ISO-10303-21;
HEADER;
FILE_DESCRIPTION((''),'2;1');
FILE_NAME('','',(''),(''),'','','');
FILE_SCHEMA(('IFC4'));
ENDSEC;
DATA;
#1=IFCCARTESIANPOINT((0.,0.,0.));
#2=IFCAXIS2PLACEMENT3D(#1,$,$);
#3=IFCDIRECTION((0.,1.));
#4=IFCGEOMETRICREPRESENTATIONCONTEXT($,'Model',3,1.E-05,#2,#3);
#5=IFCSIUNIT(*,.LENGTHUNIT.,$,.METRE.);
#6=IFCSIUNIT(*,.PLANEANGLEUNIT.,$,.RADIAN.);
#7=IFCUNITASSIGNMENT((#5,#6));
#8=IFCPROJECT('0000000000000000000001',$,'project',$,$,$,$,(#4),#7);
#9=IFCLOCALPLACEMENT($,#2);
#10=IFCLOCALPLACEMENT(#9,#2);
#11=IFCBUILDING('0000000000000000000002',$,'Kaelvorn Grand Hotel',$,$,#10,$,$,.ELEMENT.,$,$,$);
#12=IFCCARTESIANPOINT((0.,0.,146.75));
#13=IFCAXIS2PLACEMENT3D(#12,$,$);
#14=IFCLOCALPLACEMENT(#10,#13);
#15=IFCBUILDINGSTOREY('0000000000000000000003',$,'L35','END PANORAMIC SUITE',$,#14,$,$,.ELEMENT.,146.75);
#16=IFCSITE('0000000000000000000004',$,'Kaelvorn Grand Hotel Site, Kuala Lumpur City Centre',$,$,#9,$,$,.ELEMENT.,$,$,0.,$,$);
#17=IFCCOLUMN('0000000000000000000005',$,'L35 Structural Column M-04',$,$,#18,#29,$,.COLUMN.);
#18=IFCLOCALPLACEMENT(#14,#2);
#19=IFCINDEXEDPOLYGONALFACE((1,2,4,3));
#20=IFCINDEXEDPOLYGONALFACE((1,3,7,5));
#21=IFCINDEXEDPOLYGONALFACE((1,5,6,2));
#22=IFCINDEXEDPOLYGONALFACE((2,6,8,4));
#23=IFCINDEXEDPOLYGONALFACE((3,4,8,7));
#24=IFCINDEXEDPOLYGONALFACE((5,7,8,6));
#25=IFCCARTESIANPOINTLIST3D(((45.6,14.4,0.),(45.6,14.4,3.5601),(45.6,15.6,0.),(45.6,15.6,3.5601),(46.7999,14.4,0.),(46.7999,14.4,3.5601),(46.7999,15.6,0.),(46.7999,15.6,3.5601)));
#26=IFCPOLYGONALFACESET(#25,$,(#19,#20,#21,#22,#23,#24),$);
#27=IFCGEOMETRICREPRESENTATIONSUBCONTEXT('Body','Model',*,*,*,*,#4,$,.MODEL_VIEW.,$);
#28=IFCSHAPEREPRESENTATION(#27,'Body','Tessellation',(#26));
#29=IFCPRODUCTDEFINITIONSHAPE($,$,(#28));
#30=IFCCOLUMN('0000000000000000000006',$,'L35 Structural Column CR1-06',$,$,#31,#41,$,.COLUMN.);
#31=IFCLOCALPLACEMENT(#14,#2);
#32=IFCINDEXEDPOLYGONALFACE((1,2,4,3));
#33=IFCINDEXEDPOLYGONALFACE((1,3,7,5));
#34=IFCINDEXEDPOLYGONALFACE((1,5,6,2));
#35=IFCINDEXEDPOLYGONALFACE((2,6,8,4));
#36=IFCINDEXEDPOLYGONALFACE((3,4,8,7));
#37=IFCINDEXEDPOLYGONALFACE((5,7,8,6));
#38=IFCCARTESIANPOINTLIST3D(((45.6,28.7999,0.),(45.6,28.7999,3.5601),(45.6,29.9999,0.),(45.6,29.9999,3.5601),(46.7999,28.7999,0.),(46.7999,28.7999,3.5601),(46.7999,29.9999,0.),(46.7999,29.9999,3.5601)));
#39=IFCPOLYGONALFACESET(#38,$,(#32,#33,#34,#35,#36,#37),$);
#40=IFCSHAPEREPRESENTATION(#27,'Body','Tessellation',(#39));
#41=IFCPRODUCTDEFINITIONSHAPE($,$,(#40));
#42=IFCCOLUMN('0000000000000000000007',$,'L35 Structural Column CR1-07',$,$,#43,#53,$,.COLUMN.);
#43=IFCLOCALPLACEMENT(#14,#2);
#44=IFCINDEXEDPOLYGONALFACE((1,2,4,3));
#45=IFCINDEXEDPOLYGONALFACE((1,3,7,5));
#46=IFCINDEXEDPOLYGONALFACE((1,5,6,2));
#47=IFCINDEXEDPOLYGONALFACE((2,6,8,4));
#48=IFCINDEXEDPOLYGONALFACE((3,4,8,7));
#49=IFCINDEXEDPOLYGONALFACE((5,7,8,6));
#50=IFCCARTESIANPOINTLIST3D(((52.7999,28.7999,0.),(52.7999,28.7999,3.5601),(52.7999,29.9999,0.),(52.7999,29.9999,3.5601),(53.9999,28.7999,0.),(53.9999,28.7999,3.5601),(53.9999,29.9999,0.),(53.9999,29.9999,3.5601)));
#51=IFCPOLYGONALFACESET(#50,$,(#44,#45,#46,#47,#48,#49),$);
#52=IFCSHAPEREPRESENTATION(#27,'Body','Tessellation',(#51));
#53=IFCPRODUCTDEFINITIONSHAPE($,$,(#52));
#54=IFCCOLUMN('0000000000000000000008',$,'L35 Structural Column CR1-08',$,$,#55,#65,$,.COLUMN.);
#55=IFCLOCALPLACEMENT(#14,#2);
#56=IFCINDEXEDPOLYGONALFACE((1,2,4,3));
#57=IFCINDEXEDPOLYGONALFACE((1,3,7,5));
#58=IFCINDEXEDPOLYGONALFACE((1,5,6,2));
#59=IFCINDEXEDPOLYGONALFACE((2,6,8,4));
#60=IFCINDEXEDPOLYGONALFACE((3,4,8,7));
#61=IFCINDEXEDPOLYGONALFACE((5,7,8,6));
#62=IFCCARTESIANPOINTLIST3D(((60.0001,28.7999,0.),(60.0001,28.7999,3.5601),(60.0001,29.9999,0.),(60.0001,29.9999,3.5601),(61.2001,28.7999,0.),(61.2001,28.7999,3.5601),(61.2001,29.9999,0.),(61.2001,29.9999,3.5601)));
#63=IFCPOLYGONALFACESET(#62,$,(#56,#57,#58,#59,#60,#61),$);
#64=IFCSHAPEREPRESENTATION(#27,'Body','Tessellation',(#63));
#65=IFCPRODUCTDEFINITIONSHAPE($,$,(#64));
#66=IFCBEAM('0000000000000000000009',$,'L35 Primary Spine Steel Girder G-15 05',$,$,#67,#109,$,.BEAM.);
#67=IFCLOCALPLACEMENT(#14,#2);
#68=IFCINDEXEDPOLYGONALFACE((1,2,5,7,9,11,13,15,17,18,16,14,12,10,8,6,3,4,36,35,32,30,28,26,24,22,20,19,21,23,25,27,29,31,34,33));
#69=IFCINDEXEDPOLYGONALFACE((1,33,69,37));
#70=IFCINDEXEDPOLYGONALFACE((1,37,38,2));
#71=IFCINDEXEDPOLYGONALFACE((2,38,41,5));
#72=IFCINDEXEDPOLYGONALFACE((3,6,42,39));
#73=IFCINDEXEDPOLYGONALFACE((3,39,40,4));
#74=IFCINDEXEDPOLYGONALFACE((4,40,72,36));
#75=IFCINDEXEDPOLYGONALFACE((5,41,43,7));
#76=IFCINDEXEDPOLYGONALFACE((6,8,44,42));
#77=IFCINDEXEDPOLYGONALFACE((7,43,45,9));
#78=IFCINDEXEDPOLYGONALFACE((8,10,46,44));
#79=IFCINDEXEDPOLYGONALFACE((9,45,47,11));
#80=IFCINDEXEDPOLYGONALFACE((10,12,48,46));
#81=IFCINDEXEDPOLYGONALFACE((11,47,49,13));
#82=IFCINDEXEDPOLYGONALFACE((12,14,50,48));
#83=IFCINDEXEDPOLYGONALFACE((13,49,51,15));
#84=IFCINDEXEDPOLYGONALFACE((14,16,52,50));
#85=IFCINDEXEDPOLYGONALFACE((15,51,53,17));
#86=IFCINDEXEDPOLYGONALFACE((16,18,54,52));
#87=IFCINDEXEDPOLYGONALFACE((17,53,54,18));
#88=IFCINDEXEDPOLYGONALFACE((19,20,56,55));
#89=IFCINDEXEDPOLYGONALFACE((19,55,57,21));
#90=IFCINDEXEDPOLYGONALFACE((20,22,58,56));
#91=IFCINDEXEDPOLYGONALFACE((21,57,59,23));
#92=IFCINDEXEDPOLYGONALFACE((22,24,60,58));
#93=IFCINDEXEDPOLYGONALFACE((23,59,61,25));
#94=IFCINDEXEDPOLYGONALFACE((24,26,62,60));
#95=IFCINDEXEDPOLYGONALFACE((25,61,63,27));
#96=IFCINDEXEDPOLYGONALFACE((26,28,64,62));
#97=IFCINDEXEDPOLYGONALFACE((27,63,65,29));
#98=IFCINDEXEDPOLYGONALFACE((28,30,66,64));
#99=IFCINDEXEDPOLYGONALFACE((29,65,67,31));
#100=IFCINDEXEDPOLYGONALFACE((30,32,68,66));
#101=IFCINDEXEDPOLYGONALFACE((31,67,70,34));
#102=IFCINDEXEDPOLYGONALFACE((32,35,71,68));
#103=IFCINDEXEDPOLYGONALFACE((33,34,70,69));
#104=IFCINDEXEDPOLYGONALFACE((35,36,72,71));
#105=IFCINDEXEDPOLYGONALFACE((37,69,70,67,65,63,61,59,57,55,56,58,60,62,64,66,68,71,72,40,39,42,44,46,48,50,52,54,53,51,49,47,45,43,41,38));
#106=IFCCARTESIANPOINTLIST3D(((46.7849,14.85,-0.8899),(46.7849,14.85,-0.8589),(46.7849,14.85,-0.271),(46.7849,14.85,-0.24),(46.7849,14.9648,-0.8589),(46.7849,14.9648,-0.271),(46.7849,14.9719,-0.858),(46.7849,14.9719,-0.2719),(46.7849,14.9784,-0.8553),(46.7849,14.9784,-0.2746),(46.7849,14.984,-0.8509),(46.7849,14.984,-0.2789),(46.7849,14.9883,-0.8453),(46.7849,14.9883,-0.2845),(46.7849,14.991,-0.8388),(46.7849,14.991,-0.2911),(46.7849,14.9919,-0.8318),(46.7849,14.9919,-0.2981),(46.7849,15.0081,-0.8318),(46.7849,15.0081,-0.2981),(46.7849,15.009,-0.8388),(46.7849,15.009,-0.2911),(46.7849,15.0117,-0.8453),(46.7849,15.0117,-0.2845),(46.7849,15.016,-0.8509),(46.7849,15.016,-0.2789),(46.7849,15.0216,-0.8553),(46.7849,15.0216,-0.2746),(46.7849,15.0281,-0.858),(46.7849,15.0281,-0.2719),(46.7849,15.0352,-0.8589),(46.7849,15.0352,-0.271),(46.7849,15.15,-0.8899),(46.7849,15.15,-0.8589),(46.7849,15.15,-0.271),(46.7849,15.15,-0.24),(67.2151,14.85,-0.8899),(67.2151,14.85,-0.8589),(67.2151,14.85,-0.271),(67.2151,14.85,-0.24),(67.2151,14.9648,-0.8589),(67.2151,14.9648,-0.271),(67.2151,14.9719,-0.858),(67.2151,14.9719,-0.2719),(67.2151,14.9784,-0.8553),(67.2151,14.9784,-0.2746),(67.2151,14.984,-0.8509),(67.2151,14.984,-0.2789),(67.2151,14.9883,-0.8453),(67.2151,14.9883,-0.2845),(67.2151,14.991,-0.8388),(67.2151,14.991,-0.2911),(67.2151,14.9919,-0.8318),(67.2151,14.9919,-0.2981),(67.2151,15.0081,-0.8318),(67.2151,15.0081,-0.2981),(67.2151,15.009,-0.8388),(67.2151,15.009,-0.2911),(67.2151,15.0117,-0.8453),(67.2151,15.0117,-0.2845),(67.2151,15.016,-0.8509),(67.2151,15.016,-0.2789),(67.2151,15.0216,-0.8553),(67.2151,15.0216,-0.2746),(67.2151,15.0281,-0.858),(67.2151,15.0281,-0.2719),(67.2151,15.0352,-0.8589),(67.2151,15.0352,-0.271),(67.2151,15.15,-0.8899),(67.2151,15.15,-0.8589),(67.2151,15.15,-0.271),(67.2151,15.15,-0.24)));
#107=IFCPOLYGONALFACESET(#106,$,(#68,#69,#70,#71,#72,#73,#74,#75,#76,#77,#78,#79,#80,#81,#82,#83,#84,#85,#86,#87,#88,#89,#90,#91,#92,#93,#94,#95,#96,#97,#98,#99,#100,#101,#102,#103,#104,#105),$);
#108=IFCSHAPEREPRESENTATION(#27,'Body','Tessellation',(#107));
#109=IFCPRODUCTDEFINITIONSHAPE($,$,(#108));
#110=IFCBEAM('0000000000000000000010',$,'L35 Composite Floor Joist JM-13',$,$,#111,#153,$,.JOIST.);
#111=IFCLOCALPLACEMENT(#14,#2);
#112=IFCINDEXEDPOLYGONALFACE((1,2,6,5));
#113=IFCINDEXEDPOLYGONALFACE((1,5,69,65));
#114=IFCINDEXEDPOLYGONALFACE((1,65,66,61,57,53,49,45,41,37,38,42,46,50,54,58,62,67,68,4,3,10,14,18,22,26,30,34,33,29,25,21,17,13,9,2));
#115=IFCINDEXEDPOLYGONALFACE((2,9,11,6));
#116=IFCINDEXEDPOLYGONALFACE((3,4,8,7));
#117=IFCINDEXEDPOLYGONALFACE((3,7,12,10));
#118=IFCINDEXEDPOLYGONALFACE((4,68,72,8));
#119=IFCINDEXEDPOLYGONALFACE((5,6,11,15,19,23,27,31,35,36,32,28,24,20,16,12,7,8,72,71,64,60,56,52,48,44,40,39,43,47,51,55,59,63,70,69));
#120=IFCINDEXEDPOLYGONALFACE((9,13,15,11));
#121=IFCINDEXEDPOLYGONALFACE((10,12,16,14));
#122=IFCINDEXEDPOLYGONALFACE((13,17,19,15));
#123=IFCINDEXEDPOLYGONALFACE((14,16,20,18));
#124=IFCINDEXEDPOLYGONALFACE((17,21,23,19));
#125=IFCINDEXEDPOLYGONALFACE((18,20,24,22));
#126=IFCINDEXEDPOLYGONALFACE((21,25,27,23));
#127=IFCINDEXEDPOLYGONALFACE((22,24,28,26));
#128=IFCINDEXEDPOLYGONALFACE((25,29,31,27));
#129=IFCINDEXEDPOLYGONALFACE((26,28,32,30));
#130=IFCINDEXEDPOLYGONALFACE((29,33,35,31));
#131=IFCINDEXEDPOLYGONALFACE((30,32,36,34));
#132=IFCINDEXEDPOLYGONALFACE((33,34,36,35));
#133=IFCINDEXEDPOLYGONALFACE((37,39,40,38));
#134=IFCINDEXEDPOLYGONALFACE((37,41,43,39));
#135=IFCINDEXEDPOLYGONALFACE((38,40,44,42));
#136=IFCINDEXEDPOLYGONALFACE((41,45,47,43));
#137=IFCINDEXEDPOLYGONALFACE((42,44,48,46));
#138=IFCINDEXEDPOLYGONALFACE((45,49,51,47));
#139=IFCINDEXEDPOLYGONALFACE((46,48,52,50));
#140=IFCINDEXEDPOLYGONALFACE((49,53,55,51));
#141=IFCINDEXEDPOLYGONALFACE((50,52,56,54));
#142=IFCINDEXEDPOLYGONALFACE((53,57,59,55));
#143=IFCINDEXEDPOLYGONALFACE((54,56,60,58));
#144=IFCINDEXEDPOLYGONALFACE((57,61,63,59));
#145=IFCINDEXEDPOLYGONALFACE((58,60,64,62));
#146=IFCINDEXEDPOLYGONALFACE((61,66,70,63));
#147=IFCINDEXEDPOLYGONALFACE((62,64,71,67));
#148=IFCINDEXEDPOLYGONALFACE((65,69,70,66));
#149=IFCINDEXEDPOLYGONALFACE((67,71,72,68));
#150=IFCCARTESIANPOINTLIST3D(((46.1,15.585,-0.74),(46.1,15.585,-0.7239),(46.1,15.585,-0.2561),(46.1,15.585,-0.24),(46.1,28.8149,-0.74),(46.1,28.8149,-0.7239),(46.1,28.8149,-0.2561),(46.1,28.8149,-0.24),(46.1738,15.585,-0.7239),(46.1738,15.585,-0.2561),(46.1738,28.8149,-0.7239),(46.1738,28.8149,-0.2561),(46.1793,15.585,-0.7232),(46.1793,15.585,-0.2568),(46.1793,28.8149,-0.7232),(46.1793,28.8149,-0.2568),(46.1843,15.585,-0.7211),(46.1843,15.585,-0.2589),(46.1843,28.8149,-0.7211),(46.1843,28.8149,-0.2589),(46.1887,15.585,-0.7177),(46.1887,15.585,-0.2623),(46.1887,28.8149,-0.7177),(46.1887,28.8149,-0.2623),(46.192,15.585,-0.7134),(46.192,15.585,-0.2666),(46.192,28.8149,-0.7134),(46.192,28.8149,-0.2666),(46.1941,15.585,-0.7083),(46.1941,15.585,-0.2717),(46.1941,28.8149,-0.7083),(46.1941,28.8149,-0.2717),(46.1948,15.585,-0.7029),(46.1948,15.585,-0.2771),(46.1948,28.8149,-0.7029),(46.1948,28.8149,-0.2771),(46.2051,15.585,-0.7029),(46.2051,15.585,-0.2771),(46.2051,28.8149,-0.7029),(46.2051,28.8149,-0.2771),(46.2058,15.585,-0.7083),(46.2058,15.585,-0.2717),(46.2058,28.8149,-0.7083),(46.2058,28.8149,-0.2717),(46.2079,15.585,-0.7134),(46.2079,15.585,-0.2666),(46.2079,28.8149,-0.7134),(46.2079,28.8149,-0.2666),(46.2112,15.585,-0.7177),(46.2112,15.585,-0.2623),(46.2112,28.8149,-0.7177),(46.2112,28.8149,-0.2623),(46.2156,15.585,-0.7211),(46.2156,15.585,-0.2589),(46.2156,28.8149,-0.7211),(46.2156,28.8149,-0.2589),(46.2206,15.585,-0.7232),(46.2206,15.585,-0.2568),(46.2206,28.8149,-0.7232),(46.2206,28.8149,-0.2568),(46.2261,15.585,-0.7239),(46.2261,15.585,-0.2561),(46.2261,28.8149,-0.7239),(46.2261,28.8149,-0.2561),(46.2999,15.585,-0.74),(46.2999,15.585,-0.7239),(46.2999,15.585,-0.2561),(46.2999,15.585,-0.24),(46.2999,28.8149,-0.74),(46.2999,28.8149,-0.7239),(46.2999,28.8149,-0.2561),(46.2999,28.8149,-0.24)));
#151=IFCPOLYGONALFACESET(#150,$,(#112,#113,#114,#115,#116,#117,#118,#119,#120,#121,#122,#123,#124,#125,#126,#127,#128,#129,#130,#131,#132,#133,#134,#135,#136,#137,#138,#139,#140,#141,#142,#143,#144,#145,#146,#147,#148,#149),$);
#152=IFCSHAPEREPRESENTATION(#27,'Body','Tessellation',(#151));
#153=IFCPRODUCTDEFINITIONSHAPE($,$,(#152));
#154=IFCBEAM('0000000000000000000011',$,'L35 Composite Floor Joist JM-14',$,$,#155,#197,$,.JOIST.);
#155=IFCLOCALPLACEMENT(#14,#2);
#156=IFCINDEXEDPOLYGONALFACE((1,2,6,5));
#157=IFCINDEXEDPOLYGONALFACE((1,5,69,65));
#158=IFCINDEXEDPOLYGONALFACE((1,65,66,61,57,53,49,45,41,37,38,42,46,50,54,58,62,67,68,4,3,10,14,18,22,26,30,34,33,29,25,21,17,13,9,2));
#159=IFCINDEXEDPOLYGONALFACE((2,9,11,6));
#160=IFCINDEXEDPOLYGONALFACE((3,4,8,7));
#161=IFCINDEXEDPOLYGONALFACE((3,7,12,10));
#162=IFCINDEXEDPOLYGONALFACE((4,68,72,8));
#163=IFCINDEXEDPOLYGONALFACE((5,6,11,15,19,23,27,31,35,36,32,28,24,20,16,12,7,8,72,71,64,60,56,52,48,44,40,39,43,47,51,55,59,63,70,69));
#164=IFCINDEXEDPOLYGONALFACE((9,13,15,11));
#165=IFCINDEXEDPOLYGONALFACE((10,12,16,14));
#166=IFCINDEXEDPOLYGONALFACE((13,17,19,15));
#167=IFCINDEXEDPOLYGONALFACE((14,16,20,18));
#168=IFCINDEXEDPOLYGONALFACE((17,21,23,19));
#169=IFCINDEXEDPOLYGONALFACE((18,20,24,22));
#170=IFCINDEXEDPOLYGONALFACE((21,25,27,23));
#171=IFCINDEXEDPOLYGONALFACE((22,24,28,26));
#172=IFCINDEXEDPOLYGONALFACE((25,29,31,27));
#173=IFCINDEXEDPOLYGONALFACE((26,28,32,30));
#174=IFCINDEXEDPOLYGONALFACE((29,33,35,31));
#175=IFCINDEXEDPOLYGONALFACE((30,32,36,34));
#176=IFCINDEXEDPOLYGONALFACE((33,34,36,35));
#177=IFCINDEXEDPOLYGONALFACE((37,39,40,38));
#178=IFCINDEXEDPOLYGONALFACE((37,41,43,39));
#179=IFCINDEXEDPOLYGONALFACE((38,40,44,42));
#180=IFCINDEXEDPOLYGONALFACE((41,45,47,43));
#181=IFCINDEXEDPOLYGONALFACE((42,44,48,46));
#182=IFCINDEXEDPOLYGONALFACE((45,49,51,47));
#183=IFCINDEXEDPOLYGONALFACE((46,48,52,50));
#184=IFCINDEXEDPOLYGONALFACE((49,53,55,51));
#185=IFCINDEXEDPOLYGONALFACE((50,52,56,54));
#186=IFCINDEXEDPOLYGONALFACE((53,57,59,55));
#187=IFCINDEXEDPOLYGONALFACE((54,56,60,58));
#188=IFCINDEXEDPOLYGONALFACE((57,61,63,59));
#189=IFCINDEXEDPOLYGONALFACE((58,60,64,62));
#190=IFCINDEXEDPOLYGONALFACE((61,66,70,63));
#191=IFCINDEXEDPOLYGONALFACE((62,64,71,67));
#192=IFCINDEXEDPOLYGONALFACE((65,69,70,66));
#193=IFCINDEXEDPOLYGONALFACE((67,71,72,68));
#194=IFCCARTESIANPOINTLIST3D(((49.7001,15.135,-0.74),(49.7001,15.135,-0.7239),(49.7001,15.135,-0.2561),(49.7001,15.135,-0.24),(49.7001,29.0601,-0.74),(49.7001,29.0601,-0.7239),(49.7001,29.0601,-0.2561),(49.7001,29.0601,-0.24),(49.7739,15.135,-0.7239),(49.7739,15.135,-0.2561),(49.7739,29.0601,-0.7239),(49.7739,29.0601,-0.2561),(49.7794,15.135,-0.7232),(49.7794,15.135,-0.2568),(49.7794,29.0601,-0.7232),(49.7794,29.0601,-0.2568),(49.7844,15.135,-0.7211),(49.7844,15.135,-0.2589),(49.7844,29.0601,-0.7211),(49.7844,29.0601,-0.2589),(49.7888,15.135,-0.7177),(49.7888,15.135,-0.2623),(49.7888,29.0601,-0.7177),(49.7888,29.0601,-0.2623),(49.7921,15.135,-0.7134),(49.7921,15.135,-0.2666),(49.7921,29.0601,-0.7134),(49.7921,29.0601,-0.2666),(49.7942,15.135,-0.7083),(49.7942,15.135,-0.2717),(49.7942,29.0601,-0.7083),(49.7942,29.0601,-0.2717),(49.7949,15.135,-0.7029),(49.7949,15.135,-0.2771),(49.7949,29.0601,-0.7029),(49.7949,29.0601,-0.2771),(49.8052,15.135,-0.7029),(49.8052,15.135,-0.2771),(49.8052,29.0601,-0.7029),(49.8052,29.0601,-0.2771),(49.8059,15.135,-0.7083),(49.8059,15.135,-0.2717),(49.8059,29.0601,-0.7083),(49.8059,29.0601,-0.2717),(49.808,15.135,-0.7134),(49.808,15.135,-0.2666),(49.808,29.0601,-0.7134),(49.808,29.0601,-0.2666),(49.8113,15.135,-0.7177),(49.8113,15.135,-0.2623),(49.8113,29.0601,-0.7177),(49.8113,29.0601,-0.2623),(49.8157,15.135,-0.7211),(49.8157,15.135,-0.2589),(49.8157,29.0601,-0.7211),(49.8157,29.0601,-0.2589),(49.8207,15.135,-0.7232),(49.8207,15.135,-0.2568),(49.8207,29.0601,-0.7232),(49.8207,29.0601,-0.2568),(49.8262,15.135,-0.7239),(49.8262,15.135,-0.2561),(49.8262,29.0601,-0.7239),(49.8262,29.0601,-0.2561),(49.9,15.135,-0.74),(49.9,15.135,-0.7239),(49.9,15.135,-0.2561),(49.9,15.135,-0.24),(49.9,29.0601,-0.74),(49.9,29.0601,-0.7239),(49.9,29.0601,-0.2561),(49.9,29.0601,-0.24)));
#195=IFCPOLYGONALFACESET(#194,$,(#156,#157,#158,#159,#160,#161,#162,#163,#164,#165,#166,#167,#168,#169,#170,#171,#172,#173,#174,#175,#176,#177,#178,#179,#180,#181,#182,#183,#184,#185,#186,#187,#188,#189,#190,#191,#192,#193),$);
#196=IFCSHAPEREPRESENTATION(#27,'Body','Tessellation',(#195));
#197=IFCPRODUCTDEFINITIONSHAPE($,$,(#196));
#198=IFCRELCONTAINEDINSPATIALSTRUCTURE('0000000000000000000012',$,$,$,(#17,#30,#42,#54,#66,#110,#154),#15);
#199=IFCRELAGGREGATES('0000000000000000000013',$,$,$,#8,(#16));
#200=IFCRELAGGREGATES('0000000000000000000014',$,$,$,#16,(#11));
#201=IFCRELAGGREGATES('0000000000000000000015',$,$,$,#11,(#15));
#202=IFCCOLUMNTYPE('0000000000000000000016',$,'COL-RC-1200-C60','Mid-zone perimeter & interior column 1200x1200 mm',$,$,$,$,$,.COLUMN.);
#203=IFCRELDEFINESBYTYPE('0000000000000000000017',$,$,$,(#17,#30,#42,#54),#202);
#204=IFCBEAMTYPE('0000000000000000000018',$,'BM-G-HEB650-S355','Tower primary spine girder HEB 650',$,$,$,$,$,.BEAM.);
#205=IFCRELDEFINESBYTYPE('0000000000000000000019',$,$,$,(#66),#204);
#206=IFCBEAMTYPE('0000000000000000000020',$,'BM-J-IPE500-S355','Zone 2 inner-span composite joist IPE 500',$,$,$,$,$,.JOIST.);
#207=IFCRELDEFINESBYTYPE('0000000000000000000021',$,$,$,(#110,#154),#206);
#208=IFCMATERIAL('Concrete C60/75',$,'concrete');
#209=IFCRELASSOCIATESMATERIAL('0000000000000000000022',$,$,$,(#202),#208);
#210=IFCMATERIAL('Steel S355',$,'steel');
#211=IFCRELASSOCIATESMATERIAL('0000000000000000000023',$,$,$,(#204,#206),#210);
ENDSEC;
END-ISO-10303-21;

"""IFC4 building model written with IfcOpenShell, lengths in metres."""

from ifc_helpers import new_model, si_unit, direction, frame, origin, origin_2d, place, context, subcontext, project, spatial, rectangle, i_section, extrude, material, material_profile, profile_set, type_object, element, save


model = new_model("IFC4")

# Units and contexts
model_context = context("Model", 3, precision=1e-05, world=origin(), true_north=direction((0.0, 1.0)))
body_context = subcontext(model_context, "Body", "Model", "MODEL_VIEW")
ifc_project = project(units=[si_unit("LENGTHUNIT", "METRE"), si_unit("PLANEANGLEUNIT", "RADIAN")], contexts=[model_context])

# Site, building, storey
site_placement = place(None, origin())
site = spatial("IfcSite", under=ifc_project, at=site_placement, Name="Kaelvorn Grand Hotel Site, Kuala Lumpur City Centre", CompositionType="ELEMENT", RefElevation=0.0)
building_placement = place(site_placement, origin())
building = spatial("IfcBuilding", under=site, at=building_placement, Name="Kaelvorn Grand Hotel", CompositionType="ELEMENT")
storey_placement = place(building_placement, frame((0.0, 0.0, 146.75)))
storey = spatial("IfcBuildingStorey", under=building, at=storey_placement, Name="L35", Description="END PANORAMIC SUITE", CompositionType="ELEMENT", Elevation=146.75)

# Columns
ifc_material_1 = material(Name="Concrete C60/75", Category="concrete")
ifc_material_profile_1 = material_profile(ifc_material_1, rectangle(XDim=1.2, YDim=1.2, at=origin_2d()), Name="RC COL 1200x1200")
ifc_profile_set_1 = profile_set([ifc_material_profile_1], Name="Concrete C60/75")
column_type = type_object("IfcColumnType", Name="COL-RC-1200-C60", Description="Mid-zone perimeter & interior column 1200x1200 mm", PredefinedType="COLUMN", material=ifc_profile_set_1)
for number, where, z_axis, x_axis, name in (
    (1, (46.2, 15.0, 0.0), (0.0, 0.0, 1.0), (1.0, 0.0, 0.0), "L35 Structural Column M-04"),
    (2, (46.2, 29.3999, 0.0), (0.0, 0.0, 1.0), (1.0, 0.0, 0.0), "L35 Structural Column CR1-06"),
    (3, (53.3999, 29.3999, 0.0), (0.0, 0.0, 1.0), (1.0, 0.0, 0.0), "L35 Structural Column CR1-07"),
    (4, (60.6001, 29.3999, 0.0), (0.0, 0.0, 1.0), (1.0, 0.0, 0.0), "L35 Structural Column CR1-08"),
):
    element("IfcColumn", number, at=place(storey_placement, frame(where, z_axis=z_axis, x_axis=x_axis)), inside=storey, type_object=column_type, Name=name, PredefinedType="COLUMN", context=body_context, shape_type="SweptSolid", body=[
        extrude(rectangle(XDim=1.2, YDim=1.2, at=origin_2d()), origin(), (0.0, 0.0, 1.0), 3.5601),
    ])

# Beams
ifc_material_2 = material(Name="Steel S355", Category="steel")
ifc_material_profile_2 = material_profile(ifc_material_2, i_section(OverallWidth=0.3, OverallDepth=0.6499, WebThickness=0.0161, FlangeThickness=0.031, FilletRadius=0.0271, at=origin_2d()), Name="HEB 650")
ifc_profile_set_2 = profile_set([ifc_material_profile_2], Name="Steel S355")
beam_type_1 = type_object("IfcBeamType", Name="BM-G-HEB650-S355", Description="Tower primary spine girder HEB 650", PredefinedType="BEAM", material=ifc_profile_set_2)
beam_1_placement = place(storey_placement, frame((46.7849, 15.0, -0.5649), z_axis=(1.0, 0.0, 0.0), x_axis=(0.0, 1.0, 0.0)))
element("IfcBeam", 5, at=beam_1_placement, inside=storey, type_object=beam_type_1, Name="L35 Primary Spine Steel Girder G-15 05", PredefinedType="BEAM", context=body_context, shape_type="SweptSolid", body=[
    extrude(i_section(OverallWidth=0.3, OverallDepth=0.6499, WebThickness=0.0161, FlangeThickness=0.031, FilletRadius=0.0271, at=origin_2d()), origin(), (0.0, 0.0, 1.0), 20.4302),
])
ifc_material_profile_3 = material_profile(ifc_material_2, i_section(OverallWidth=0.2, OverallDepth=0.5, WebThickness=0.0103, FlangeThickness=0.0161, FilletRadius=0.021, at=origin_2d()), Name="IPE 500")
ifc_profile_set_3 = profile_set([ifc_material_profile_3], Name="Steel S355")
beam_type_2 = type_object("IfcBeamType", Name="BM-J-IPE500-S355", Description="Zone 2 inner-span composite joist IPE 500", PredefinedType="JOIST", material=ifc_profile_set_3)
beam_2_placement = place(storey_placement, frame((46.2, 15.585, -0.49), z_axis=(0.0, 1.0, 0.0), x_axis=(-1.0, 0.0, 0.0)))
element("IfcBeam", 6, at=beam_2_placement, inside=storey, type_object=beam_type_2, Name="L35 Composite Floor Joist JM-13", PredefinedType="JOIST", context=body_context, shape_type="SweptSolid", body=[
    extrude(i_section(OverallWidth=0.2, OverallDepth=0.5, WebThickness=0.0103, FlangeThickness=0.0161, FilletRadius=0.021, at=origin_2d()), origin(), (0.0, 0.0, 1.0), 13.23),
])
beam_3_placement = place(storey_placement, frame((49.8, 15.135, -0.49), z_axis=(0.0, 1.0, 0.0), x_axis=(-1.0, 0.0, 0.0)))
element("IfcBeam", 7, at=beam_3_placement, inside=storey, type_object=beam_type_2, Name="L35 Composite Floor Joist JM-14", PredefinedType="JOIST", context=body_context, shape_type="SweptSolid", body=[
    extrude(i_section(OverallWidth=0.2, OverallDepth=0.5, WebThickness=0.0103, FlangeThickness=0.0161, FilletRadius=0.021, at=origin_2d()), origin(), (0.0, 0.0, 1.0), 13.925),
])

save(model, "model.ifc")
